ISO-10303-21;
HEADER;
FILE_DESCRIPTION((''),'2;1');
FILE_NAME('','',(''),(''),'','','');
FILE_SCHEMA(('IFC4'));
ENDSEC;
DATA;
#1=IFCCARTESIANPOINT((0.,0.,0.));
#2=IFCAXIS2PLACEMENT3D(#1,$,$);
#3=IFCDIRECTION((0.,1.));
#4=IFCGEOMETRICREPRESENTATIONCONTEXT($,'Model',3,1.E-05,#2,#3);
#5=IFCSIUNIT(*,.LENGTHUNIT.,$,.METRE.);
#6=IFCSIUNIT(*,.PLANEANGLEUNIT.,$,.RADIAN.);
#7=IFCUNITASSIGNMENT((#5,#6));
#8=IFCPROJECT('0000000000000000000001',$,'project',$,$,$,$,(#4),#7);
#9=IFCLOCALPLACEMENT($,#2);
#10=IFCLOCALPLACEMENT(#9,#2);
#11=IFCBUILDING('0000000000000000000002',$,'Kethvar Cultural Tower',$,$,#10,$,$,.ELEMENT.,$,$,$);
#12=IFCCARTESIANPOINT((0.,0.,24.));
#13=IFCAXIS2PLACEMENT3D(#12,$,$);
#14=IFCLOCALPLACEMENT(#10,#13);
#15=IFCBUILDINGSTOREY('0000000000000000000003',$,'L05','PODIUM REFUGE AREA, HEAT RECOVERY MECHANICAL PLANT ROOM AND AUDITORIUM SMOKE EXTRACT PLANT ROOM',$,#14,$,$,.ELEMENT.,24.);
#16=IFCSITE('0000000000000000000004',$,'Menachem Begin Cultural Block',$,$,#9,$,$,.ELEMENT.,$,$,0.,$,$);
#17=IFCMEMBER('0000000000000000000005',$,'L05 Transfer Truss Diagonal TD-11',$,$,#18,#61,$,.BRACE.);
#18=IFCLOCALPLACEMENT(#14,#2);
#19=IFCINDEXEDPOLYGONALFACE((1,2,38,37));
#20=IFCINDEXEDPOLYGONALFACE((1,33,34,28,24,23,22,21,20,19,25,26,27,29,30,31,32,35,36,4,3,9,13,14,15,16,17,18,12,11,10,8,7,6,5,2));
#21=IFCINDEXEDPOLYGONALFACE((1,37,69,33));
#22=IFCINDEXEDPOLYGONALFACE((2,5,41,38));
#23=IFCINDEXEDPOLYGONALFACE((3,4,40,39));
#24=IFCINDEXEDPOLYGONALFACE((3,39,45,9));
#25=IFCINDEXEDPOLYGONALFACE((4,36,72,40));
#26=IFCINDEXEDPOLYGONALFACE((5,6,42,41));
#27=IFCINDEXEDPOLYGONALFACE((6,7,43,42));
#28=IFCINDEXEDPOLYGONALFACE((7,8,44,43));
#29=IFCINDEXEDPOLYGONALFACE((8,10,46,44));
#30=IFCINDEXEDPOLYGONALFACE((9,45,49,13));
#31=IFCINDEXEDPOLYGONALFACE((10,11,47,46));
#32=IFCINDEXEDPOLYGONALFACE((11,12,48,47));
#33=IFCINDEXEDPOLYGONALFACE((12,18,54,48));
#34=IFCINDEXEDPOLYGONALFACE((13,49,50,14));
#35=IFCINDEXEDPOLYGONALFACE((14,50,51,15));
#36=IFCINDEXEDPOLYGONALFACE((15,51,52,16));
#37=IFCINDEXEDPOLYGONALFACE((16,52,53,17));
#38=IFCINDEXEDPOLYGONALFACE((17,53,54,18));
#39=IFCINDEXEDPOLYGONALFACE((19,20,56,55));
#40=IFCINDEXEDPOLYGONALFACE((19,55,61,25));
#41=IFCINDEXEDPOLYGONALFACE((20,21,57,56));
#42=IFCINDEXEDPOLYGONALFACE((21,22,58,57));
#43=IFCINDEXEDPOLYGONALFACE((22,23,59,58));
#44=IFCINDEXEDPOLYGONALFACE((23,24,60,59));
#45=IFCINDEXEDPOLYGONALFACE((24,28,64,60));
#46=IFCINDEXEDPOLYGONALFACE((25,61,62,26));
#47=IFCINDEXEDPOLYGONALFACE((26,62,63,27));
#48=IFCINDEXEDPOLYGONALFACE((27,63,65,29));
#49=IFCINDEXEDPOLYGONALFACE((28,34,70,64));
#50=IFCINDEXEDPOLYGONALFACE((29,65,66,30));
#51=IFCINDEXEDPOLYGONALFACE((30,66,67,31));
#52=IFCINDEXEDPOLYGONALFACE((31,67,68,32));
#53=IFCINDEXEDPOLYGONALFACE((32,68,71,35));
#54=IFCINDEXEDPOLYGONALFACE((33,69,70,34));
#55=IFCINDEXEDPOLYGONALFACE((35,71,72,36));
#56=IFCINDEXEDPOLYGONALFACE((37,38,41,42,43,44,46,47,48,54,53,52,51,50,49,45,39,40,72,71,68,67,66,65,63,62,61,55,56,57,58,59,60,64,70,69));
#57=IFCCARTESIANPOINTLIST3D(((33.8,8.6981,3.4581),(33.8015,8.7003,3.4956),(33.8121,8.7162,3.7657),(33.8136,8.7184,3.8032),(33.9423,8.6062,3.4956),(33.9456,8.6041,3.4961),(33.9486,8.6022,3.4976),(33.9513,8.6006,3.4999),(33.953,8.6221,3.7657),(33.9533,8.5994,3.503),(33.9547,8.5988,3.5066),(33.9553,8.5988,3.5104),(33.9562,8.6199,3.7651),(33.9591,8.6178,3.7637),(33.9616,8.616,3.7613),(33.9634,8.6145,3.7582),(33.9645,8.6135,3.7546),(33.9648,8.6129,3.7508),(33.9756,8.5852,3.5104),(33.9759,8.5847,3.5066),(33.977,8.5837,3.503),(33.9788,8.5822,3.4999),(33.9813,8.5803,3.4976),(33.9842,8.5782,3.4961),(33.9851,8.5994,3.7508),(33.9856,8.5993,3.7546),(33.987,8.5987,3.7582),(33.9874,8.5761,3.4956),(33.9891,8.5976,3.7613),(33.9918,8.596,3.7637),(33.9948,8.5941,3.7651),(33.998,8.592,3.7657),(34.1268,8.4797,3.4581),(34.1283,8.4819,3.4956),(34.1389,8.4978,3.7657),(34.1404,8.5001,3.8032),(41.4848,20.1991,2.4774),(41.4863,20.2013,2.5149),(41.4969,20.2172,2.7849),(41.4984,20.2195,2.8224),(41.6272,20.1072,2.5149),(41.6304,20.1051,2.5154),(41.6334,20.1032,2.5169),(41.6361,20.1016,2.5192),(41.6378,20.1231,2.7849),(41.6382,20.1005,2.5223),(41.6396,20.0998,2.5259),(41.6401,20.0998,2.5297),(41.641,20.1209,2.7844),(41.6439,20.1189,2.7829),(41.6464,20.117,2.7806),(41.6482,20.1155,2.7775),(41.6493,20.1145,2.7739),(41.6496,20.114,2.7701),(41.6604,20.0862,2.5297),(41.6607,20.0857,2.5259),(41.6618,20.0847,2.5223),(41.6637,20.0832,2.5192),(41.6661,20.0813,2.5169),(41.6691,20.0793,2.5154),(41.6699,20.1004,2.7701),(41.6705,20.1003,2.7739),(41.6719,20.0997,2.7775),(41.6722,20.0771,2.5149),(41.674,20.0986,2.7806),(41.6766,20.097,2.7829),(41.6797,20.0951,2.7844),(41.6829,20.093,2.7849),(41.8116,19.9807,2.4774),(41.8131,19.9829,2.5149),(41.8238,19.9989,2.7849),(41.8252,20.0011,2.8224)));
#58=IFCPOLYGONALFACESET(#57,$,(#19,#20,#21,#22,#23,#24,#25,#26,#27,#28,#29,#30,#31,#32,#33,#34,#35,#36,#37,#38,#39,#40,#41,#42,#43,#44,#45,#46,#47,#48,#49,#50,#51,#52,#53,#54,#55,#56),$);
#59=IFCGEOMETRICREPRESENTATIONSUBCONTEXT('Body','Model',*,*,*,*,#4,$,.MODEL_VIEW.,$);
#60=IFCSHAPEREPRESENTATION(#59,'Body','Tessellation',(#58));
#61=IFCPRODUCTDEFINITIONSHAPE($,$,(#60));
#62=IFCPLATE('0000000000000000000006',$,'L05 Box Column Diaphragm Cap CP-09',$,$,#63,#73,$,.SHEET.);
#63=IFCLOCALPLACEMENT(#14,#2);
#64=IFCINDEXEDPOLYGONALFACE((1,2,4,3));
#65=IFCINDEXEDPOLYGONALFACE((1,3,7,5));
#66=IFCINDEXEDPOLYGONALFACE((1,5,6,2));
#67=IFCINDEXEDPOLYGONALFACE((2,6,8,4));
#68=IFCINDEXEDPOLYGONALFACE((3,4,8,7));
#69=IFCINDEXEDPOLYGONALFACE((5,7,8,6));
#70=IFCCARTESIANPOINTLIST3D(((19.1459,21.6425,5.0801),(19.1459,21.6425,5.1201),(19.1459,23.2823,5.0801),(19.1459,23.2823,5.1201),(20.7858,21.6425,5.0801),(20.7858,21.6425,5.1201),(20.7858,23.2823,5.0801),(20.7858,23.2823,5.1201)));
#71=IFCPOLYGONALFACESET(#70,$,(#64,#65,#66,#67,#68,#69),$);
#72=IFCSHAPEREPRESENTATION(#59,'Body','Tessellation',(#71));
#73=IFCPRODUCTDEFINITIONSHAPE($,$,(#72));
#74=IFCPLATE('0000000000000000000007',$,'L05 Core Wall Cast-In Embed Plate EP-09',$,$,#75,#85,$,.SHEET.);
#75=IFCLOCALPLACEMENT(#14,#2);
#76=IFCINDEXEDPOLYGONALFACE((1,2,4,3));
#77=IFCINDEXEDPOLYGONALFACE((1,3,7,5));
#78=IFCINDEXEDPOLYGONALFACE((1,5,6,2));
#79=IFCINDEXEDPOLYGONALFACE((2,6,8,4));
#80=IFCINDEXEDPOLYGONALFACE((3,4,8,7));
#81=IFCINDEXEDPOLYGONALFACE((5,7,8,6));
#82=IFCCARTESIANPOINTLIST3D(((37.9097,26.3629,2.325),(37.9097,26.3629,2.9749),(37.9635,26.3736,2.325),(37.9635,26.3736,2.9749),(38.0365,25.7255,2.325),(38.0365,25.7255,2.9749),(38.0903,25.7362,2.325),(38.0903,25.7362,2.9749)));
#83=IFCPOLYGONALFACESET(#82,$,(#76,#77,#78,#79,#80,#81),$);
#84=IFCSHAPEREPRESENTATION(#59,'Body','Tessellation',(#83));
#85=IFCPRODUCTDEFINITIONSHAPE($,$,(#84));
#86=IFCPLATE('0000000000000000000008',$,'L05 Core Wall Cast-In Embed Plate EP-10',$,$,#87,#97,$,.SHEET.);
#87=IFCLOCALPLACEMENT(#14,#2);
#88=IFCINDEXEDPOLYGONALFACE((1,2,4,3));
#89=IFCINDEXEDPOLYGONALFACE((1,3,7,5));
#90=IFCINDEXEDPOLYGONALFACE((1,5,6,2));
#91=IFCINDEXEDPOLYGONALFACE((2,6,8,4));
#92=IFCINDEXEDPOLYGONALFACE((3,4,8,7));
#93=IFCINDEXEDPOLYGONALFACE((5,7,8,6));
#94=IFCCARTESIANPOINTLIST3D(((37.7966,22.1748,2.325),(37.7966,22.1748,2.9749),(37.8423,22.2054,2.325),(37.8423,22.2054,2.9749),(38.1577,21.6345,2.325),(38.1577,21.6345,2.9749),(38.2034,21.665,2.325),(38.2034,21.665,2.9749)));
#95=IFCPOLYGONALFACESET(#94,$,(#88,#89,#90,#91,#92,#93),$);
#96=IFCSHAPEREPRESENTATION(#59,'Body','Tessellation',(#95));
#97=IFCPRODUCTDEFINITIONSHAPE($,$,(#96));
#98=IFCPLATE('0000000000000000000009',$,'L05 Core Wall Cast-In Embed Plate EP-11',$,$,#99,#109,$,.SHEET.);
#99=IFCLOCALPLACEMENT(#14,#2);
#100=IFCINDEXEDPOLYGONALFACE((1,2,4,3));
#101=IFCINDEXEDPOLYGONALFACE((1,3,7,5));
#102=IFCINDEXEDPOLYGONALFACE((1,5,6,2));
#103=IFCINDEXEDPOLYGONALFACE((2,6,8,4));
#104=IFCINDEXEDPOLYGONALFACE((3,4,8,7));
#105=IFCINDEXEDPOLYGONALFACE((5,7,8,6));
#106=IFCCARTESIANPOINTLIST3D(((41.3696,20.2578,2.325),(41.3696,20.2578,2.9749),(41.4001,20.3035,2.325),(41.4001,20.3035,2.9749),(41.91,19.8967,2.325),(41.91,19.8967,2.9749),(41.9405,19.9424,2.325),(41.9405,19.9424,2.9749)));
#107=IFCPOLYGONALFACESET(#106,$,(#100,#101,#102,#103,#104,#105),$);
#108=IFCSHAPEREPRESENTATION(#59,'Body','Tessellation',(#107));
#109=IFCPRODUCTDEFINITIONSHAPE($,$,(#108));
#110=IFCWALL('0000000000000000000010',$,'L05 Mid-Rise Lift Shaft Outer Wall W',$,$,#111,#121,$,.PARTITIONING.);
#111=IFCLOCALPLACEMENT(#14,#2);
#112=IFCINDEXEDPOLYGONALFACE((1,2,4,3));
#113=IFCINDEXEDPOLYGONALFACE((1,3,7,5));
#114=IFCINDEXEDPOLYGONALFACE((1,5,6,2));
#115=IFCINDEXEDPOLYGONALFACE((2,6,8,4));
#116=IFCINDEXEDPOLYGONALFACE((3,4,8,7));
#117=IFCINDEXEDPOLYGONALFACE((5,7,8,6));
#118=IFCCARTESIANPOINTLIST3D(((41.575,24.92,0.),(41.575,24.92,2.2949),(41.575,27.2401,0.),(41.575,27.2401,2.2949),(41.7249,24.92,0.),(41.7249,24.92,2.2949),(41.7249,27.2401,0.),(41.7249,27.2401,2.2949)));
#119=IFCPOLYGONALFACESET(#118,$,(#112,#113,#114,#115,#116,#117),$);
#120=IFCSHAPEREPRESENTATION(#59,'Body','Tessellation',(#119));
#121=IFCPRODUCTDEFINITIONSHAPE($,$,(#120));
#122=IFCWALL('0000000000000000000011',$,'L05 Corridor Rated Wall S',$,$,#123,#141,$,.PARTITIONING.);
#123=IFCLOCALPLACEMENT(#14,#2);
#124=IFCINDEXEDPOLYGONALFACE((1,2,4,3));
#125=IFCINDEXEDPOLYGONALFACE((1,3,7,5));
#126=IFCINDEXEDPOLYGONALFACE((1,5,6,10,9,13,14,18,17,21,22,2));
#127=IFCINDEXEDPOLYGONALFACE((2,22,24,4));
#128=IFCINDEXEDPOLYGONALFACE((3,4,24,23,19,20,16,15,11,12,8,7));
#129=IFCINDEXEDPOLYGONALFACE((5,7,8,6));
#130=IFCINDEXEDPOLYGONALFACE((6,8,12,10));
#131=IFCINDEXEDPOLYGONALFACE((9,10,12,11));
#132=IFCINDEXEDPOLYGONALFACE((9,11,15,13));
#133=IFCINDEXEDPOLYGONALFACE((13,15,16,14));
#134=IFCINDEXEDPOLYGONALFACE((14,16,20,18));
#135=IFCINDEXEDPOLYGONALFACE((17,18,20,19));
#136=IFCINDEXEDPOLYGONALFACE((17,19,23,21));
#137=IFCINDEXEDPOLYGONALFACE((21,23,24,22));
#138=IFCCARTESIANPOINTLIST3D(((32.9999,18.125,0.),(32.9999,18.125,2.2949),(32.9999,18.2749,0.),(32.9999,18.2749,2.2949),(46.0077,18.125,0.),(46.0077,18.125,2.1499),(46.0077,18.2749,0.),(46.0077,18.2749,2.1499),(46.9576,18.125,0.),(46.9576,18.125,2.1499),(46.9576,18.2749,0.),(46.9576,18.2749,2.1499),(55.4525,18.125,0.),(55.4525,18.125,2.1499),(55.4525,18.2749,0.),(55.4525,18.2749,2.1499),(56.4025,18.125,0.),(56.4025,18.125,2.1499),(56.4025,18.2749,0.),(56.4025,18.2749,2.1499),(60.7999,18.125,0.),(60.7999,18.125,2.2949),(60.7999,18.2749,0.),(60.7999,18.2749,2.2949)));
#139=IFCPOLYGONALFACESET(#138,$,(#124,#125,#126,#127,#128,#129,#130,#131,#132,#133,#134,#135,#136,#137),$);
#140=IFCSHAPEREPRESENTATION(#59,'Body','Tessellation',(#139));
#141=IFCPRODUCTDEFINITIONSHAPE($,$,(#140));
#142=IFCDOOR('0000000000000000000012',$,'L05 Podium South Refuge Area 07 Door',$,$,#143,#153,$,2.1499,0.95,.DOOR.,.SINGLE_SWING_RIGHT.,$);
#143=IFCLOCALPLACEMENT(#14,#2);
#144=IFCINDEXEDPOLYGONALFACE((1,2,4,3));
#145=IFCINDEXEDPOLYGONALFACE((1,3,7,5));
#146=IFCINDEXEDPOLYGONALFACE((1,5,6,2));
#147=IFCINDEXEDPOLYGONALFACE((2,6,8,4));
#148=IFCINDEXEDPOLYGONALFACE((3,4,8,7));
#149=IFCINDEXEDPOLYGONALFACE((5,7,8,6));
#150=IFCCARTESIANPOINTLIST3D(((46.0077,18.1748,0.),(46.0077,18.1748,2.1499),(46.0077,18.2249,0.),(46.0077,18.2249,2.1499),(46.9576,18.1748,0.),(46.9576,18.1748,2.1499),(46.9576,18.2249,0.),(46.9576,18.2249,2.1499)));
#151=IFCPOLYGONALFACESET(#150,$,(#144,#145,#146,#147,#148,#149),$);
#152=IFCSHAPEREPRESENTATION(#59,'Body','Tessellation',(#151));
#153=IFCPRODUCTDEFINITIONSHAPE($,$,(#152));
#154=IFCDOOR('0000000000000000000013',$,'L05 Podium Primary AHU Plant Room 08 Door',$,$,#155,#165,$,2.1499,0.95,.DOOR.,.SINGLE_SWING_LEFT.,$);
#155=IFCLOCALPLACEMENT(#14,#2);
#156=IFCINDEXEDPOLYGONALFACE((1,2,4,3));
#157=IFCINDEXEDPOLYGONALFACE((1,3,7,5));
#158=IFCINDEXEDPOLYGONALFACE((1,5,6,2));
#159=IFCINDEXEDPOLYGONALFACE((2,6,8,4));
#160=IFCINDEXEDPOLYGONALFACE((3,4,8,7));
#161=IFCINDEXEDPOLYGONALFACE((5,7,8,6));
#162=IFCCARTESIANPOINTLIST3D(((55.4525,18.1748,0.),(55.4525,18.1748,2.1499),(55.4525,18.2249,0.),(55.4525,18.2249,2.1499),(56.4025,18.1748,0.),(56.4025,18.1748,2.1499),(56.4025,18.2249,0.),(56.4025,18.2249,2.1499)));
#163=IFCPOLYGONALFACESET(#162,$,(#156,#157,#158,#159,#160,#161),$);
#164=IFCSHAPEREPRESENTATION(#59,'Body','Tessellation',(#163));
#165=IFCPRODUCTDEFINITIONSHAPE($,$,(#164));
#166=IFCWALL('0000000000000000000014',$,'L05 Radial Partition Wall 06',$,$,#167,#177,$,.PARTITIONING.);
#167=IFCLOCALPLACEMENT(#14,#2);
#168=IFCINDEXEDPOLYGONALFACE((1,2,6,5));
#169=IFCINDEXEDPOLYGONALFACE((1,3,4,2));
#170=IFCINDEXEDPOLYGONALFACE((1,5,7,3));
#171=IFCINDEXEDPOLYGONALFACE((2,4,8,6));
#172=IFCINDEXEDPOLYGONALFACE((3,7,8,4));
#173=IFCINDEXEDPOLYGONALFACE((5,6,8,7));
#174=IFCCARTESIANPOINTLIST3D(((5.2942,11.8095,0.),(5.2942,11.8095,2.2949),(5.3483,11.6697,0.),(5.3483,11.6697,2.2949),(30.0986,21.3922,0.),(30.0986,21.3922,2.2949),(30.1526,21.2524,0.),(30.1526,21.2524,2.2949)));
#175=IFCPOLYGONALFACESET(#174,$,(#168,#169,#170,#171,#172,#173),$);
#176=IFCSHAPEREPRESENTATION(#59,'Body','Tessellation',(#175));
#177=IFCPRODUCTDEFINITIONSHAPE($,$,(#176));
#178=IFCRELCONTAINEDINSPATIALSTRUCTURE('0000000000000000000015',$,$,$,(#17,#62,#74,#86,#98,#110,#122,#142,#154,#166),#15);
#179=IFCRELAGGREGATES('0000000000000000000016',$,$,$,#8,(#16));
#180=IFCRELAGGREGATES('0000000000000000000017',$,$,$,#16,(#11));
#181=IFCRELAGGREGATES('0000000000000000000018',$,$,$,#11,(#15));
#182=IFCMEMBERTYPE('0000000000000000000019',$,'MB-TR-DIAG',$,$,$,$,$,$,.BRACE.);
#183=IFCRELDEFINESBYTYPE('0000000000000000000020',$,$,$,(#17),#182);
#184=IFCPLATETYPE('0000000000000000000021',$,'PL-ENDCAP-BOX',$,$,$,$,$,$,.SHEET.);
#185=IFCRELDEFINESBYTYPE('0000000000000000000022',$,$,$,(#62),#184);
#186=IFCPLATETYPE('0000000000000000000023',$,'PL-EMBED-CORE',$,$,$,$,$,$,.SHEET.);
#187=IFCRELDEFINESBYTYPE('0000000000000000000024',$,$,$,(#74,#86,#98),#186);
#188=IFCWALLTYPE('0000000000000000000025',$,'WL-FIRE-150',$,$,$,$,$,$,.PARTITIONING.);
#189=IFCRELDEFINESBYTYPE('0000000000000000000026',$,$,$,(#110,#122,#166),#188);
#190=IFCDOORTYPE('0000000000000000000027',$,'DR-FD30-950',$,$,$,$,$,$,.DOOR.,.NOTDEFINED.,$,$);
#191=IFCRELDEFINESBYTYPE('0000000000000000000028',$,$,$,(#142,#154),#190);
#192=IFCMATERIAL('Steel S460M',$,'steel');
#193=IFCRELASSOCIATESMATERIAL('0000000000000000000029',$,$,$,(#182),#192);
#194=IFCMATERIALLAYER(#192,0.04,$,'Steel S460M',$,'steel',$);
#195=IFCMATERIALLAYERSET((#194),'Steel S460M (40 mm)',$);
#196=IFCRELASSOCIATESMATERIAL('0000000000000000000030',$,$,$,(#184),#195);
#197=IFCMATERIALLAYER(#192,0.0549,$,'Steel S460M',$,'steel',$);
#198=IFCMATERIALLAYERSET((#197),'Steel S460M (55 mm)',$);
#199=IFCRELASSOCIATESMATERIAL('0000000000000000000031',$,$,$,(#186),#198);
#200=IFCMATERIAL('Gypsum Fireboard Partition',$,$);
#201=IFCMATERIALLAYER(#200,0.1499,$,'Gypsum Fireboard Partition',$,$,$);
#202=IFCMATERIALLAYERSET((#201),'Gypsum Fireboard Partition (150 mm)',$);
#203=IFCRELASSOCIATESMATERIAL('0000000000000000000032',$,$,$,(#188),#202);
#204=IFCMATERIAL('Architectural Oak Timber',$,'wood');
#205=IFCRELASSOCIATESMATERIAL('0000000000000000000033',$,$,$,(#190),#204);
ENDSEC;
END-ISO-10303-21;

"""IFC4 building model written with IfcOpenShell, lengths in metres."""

from ifc_helpers import new_model, si_unit, direction, frame, frame_2d, origin, origin_2d, place, context, subcontext, project, spatial, rectangle, i_section, extrude, source, transform, mapped, material, layer, layer_set, material_profile, profile_set, type_object, element, fill, save


model = new_model("IFC4")

# Units and contexts
model_context = context("Model", 3, precision=1e-05, world=origin(), true_north=direction((0.0, 1.0)))
body_context = subcontext(model_context, "Body", "Model", "MODEL_VIEW")
ifc_project = project(units=[si_unit("LENGTHUNIT", "METRE"), si_unit("PLANEANGLEUNIT", "RADIAN")], contexts=[model_context])

# Site, building, storey
site_placement = place(None, origin())
site = spatial("IfcSite", under=ifc_project, at=site_placement, Name="Menachem Begin Cultural Block", CompositionType="ELEMENT", RefElevation=0.0)
building_placement = place(site_placement, origin())
building = spatial("IfcBuilding", under=site, at=building_placement, Name="Kethvar Cultural Tower", CompositionType="ELEMENT")
storey_placement = place(building_placement, frame((0.0, 0.0, 24.0)))
storey = spatial("IfcBuildingStorey", under=building, at=storey_placement, Name="L05", Description="PODIUM REFUGE AREA, HEAT RECOVERY MECHANICAL PLANT ROOM AND AUDITORIUM SMOKE EXTRACT PLANT ROOM", CompositionType="ELEMENT", Elevation=24.0)

# Shared definitions
ifc_material_1 = material(Name="Steel S460M", Category="steel")

# Shared definitions
ifc_material_profile_1 = material_profile(ifc_material_1, i_section(OverallWidth=0.3931, OverallDepth=0.3459, WebThickness=0.0244, FlangeThickness=0.0376, FilletRadius=0.0149, at=origin_2d()), Name="Steel S460M — HD400x509")
ifc_profile_set_1 = profile_set([ifc_material_profile_1], Name="Steel S460M — HD400x509")
member_type = type_object("IfcMemberType", Name="MB-TR-DIAG", PredefinedType="BRACE", material=ifc_profile_set_1)

# Member
shared_shape_1 = source(origin(), body_context, "Body", "SweptSolid", [
    extrude(i_section(OverallWidth=0.3931, OverallDepth=0.3459, WebThickness=0.0244, FlangeThickness=0.0376, FilletRadius=0.0149, at=origin_2d()), origin(), (0.0, 0.0, 1.0), 13.8669),
])
member_1_placement = place(storey_placement, frame((41.655, 20.1001, 2.6499), z_axis=(-0.554184, -0.829384, 0.070723), x_axis=(0.831466, -0.555576, 0.0)))
element("IfcMember", 1, at=member_1_placement, inside=storey, type_object=member_type, Name="L05 Transfer Truss Diagonal TD-11", PredefinedType="BRACE", context=body_context, shape_type="MappedRepresentation", body=[
    mapped(shared_shape_1, transform((0.0, 0.0, 0.0), scale=1.0)),
])

# Plates
ifc_layer_1 = layer(ifc_material_1, 0.04, Name="Steel S460M", Category="steel")
ifc_layer_set_1 = layer_set([ifc_layer_1], Name="Steel S460M (40 mm)")
plate_type_1 = type_object("IfcPlateType", Name="PL-ENDCAP-BOX", PredefinedType="SHEET", material=ifc_layer_set_1)
shared_shape_2 = source(origin(), body_context, "Body", "SweptSolid", [
    extrude(rectangle(XDim=1.6399, YDim=1.6399, at=origin_2d()), origin(), (0.0, 0.0, 1.0), 0.04),
])
plate_placement = place(storey_placement, frame((19.9658, 22.4624, 5.0801), z_axis=(0.0, 0.0, 1.0), x_axis=(1.0, 0.0, 0.0)))
element("IfcPlate", 2, at=plate_placement, inside=storey, type_object=plate_type_1, Name="L05 Box Column Diaphragm Cap CP-09", PredefinedType="SHEET", context=body_context, shape_type="MappedRepresentation", body=[
    mapped(shared_shape_2, transform((0.0, 0.0, 0.0), scale=1.0)),
])
ifc_layer_2 = layer(ifc_material_1, 0.0549, Name="Steel S460M", Category="steel")
ifc_layer_set_2 = layer_set([ifc_layer_2], Name="Steel S460M (55 mm)")
plate_type_2 = type_object("IfcPlateType", Name="PL-EMBED-CORE", PredefinedType="SHEET", material=ifc_layer_set_2)
shared_shape_3 = source(origin(), body_context, "Body", "SweptSolid", [
    extrude(rectangle(XDim=0.0549, YDim=0.6499, at=origin_2d()), origin(), (0.0, 0.0, 1.0), 0.6499),
])
for number, where, z_axis, x_axis, name in (
    (3, (38.0, 26.0496, 2.325), (0.0, 0.0, 1.0), (-0.980785, -0.19509, 0.0), "L05 Core Wall Cast-In Embed Plate EP-09"),
    (4, (38.0, 21.9199, 2.325), (0.0, 0.0, 1.0), (-0.83147, -0.55557, 0.0), "L05 Core Wall Cast-In Embed Plate EP-10"),
    (5, (41.655, 20.1001, 2.325), (0.0, 0.0, 1.0), (-0.55557, -0.83147, 0.0), "L05 Core Wall Cast-In Embed Plate EP-11"),
):
    element("IfcPlate", number, at=place(storey_placement, frame(where, z_axis=z_axis, x_axis=x_axis)), inside=storey, type_object=plate_type_2, Name=name, PredefinedType="SHEET", context=body_context, shape_type="MappedRepresentation", body=[
        mapped(shared_shape_3, transform((0.0, 0.0, 0.0), scale=1.0)),
    ])

# Wall
ifc_material_2 = material(Name="Gypsum Fireboard Partition")
ifc_layer_3 = layer(ifc_material_2, 0.1499, Name="Gypsum Fireboard Partition")
ifc_layer_set_3 = layer_set([ifc_layer_3], Name="Gypsum Fireboard Partition (150 mm)")
wall_type_1 = type_object("IfcWallType", Name="WL-FIRE-150", PredefinedType="PARTITIONING", material=ifc_layer_set_3)
wall_1_placement = place(storey_placement, frame((41.6499, 24.9199, 0.0), z_axis=(0.0, 0.0, 1.0), x_axis=(0.0, 1.0, 0.0)))
element("IfcWall", 6, at=wall_1_placement, inside=storey, type_object=wall_type_1, Name="L05 Mid-Rise Lift Shaft Outer Wall W", PredefinedType="PARTITIONING", context=body_context, shape_type="SweptSolid", body=[
    extrude(rectangle(XDim=2.3201, YDim=0.1499, at=frame_2d((1.1602, 0.0))), origin(), (0.0, 0.0, 1.0), 2.2949),
])

# Wall, openings, doors
wall_2_placement = place(storey_placement, frame((33.0, 18.2, 0.0), z_axis=(0.0, 0.0, 1.0), x_axis=(1.0, 0.0, 0.0)))
wall_2 = element("IfcWall", 7, at=wall_2_placement, inside=storey, type_object=wall_type_1, Name="L05 Corridor Rated Wall S", PredefinedType="PARTITIONING", context=body_context, shape_type="SweptSolid", body=[
    extrude(rectangle(XDim=27.8, YDim=0.1499, at=frame_2d((13.8999, 0.0))), origin(), (0.0, 0.0, 1.0), 2.2949),
])
opening_1_placement = place(wall_2_placement, frame((13.0076, 0.0, 0.0)))
opening_1 = element("IfcOpeningElement", 8, at=opening_1_placement, cuts=wall_2, PredefinedType="OPENING", context=body_context, shape_type="SweptSolid", body=[
    extrude(rectangle(XDim=0.95, YDim=2.1499, at=frame_2d((0.4751, 1.075))), frame((0.0, 0.085, 0.0), z_axis=(0.0, -1.0, 0.0), x_axis=(1.0, 0.0, 0.0)), (0.0, 0.0, 1.0), 0.1699),
])
opening_2_placement = place(wall_2_placement, frame((22.4524, 0.0, 0.0)))
opening_2 = element("IfcOpeningElement", 9, at=opening_2_placement, cuts=wall_2, PredefinedType="OPENING", context=body_context, shape_type="SweptSolid", body=[
    extrude(rectangle(XDim=0.95, YDim=2.1499, at=frame_2d((0.4751, 1.075))), frame((0.0, 0.085, 0.0), z_axis=(0.0, -1.0, 0.0), x_axis=(1.0, 0.0, 0.0)), (0.0, 0.0, 1.0), 0.1699),
])
ifc_material_3 = material(Name="Architectural Oak Timber", Category="wood")
door_type_1 = type_object("IfcDoorType", Name="DR-FD30-950", OperationType="NOTDEFINED", PredefinedType="DOOR", material=ifc_material_3)
shared_shape_4 = source(origin(), body_context, "Body", "SweptSolid", [
    extrude(rectangle(XDim=0.95, YDim=2.1499, at=frame_2d((0.4751, 1.075))), frame((0.0, 0.0249, 0.0), z_axis=(0.0, -1.0, 0.0), x_axis=(1.0, 0.0, 0.0)), (0.0, 0.0, 1.0), 0.05),
])
door_1_placement = place(opening_1_placement, origin())
door_1 = element("IfcDoor", 10, at=door_1_placement, inside=storey, type_object=door_type_1, Name="L05 Podium South Refuge Area 07 Door", OperationType="SINGLE_SWING_RIGHT", OverallHeight=2.1499, OverallWidth=0.95, PredefinedType="DOOR", context=body_context, shape_type="MappedRepresentation", body=[
    mapped(shared_shape_4, transform((0.0, 0.0, 0.0), scale=1.0)),
])
fill(opening_1, door_1)
door_2_placement = place(opening_2_placement, origin())
door_2 = element("IfcDoor", 11, at=door_2_placement, inside=storey, type_object=door_type_1, Name="L05 Podium Primary AHU Plant Room 08 Door", OperationType="SINGLE_SWING_LEFT", OverallHeight=2.1499, OverallWidth=0.95, PredefinedType="DOOR", context=body_context, shape_type="MappedRepresentation", body=[
    mapped(shared_shape_4, transform((0.0, 0.0, 0.0), scale=1.0)),
])
fill(opening_2, door_2)

# Wall
wall_3_placement = place(storey_placement, frame((30.1255, 21.3223, 0.0), z_axis=(0.0, 0.0, 1.0), x_axis=(-0.932808, -0.360374, 0.0)))
element("IfcWall", 12, at=wall_3_placement, inside=storey, type_object=wall_type_1, Name="L05 Radial Partition Wall 06", PredefinedType="PARTITIONING", context=body_context, shape_type="SweptSolid", body=[
    extrude(rectangle(XDim=26.5911, YDim=0.1499, at=frame_2d((13.2954, 0.0))), origin(), (0.0, 0.0, 1.0), 2.2949),
])

save(model, "model.ifc")
